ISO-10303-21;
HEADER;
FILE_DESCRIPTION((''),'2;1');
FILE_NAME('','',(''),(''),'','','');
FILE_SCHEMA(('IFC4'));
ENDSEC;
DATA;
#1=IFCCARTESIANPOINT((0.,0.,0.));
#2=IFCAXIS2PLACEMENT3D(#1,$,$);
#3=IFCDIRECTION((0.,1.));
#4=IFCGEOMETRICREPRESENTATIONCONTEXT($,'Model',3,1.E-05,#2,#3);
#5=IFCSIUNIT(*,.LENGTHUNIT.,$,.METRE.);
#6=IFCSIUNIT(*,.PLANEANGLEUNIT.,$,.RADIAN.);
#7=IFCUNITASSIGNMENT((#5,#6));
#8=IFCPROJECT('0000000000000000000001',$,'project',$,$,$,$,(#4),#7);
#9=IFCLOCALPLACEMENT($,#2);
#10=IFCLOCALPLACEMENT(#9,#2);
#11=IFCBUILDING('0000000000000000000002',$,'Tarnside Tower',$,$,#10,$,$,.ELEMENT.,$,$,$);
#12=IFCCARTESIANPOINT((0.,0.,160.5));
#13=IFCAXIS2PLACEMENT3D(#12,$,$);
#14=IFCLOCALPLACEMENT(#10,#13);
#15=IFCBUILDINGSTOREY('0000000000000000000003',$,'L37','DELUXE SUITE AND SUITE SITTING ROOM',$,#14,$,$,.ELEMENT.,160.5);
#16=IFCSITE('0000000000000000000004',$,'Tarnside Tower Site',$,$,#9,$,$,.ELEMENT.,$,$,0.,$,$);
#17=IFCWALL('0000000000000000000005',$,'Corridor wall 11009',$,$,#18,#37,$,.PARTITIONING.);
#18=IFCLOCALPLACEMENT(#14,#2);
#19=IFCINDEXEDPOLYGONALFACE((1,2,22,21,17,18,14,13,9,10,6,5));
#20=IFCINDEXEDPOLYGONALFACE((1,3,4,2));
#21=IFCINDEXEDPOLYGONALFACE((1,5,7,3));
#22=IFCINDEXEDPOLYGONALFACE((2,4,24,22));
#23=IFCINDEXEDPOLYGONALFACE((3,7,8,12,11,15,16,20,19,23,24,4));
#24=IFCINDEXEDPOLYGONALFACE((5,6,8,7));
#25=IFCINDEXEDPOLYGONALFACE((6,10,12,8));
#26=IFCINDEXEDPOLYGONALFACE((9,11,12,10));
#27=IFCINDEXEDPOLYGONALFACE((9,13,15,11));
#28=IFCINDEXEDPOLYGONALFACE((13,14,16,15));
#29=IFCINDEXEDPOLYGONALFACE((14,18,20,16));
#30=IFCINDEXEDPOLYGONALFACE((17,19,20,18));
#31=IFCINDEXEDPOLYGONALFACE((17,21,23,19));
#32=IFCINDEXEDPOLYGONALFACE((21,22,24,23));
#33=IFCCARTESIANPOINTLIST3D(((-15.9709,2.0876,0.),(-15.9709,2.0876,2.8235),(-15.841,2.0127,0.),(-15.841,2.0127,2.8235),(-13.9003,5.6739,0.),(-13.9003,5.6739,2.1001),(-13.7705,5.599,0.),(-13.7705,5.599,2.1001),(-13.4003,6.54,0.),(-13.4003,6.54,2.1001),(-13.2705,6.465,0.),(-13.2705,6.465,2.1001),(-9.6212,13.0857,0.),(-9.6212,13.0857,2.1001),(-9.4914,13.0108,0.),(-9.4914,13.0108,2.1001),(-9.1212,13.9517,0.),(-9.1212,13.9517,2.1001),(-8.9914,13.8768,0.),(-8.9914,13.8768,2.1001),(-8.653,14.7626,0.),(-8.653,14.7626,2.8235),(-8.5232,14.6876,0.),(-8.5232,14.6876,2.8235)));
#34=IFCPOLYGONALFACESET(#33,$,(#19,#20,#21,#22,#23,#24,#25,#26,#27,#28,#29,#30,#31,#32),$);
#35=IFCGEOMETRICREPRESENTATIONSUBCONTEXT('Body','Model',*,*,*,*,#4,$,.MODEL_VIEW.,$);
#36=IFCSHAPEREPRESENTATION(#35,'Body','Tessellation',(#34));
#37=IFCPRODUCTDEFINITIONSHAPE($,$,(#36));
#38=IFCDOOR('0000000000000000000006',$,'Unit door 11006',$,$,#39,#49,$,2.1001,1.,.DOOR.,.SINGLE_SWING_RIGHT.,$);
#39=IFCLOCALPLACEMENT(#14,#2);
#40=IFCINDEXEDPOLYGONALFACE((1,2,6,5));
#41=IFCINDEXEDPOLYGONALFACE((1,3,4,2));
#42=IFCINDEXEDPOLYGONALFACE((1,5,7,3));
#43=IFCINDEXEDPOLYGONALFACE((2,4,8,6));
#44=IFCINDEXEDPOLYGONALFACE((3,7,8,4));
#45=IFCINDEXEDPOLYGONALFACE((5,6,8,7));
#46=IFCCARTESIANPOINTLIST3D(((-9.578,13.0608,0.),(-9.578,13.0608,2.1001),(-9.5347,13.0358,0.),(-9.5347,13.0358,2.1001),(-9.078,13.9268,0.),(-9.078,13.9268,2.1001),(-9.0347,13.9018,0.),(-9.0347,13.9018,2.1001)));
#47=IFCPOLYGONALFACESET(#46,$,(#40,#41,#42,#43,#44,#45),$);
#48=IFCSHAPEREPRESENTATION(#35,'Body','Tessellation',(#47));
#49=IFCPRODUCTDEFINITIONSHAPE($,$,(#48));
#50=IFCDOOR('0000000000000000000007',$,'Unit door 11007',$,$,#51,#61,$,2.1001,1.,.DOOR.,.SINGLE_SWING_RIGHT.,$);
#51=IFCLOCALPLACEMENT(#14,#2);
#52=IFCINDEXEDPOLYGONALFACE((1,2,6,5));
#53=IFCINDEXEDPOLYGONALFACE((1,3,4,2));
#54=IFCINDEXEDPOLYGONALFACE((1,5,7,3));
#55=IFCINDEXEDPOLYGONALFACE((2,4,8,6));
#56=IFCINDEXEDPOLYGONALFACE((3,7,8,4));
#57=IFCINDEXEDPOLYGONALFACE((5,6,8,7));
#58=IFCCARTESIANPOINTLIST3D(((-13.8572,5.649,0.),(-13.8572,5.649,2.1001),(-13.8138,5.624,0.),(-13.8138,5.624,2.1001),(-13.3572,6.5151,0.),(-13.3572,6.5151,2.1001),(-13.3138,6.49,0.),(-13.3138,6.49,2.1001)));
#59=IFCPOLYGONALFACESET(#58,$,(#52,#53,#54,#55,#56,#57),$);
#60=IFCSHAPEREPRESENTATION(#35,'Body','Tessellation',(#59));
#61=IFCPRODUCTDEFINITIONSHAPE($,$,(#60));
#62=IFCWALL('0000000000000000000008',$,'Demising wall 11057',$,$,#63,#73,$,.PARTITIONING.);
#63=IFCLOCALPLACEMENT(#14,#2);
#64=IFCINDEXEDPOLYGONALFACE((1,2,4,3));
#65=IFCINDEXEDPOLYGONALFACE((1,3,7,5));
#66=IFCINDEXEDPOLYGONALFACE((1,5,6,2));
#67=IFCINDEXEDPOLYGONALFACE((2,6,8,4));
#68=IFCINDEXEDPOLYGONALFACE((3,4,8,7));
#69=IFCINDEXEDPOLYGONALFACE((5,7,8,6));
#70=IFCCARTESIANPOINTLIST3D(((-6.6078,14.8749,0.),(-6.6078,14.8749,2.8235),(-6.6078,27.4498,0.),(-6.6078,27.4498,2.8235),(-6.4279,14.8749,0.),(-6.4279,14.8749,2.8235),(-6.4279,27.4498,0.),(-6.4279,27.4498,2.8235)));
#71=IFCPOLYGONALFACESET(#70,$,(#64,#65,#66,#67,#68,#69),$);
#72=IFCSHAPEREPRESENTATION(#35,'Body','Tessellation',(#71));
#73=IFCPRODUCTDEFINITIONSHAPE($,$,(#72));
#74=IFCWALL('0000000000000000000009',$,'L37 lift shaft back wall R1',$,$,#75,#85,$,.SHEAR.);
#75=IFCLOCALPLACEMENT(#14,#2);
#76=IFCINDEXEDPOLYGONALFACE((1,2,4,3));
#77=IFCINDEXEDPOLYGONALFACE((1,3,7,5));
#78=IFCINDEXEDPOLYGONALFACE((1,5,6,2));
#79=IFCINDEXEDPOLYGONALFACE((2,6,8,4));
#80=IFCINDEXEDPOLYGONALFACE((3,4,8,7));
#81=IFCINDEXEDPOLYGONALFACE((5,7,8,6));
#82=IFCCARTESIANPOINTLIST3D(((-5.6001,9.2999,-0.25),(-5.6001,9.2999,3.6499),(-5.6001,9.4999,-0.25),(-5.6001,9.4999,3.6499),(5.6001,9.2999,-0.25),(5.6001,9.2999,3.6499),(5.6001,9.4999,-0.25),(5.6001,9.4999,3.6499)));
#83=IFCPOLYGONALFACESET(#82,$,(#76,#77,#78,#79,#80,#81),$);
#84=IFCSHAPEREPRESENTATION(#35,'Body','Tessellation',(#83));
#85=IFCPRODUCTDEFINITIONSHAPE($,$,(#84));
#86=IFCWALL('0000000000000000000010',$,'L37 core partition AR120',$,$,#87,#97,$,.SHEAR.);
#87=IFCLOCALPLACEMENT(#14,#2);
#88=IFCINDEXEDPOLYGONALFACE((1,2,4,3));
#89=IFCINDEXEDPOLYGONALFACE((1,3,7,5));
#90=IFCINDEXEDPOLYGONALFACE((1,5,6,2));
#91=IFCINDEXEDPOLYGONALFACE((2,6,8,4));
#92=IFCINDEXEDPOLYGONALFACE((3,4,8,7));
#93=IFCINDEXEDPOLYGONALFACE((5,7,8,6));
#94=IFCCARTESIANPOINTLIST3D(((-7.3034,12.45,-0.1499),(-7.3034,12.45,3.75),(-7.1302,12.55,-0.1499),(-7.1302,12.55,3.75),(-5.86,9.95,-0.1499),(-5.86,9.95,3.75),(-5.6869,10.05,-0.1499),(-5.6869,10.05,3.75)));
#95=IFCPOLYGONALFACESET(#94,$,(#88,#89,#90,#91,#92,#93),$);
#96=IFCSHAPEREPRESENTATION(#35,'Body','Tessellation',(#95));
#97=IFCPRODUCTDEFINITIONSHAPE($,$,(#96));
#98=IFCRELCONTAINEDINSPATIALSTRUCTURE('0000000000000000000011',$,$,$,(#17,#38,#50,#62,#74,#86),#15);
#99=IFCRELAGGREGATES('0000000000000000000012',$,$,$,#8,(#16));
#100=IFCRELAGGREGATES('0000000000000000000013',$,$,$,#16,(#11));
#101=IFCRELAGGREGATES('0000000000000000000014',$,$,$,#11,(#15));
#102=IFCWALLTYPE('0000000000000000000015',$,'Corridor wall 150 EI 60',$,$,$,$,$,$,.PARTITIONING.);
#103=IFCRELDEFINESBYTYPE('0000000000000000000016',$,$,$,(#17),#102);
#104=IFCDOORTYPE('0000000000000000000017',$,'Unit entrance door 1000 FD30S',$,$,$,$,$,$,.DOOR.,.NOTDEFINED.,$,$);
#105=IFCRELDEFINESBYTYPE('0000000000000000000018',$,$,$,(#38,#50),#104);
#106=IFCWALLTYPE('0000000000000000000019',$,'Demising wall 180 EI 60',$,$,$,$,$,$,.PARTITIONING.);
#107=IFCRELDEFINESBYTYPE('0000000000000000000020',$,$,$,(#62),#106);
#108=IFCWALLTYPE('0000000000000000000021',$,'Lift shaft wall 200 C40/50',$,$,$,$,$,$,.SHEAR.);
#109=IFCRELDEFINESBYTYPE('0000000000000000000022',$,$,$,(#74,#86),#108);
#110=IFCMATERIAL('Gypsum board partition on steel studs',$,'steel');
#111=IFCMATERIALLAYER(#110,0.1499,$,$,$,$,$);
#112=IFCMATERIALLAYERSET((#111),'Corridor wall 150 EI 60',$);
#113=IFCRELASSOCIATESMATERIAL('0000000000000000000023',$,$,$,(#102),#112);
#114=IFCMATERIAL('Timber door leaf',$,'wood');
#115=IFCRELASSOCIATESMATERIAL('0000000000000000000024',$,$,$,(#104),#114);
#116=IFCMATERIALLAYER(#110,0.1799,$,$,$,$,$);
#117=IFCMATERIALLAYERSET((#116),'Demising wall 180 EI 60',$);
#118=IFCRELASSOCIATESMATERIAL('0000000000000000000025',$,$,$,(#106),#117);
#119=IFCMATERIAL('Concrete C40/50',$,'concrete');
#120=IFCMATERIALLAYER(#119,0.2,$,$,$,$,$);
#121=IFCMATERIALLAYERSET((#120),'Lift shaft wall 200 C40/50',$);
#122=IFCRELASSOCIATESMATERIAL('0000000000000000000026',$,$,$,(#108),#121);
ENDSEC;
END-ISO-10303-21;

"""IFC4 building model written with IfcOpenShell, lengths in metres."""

from ifc_helpers import new_model, si_unit, direction, frame, frame_2d, origin, place, context, subcontext, project, spatial, rectangle, extrude, material, layer, layer_set, type_object, element, fill, save


model = new_model("IFC4")

# Units and contexts
model_context = context("Model", 3, precision=1e-05, world=origin(), true_north=direction((0.0, 1.0)))
body_context = subcontext(model_context, "Body", "Model", "MODEL_VIEW")
ifc_project = project(units=[si_unit("LENGTHUNIT", "METRE"), si_unit("PLANEANGLEUNIT", "RADIAN")], contexts=[model_context])

# Site, building, storey
site_placement = place(None, origin())
site = spatial("IfcSite", under=ifc_project, at=site_placement, Name="Tarnside Tower Site", CompositionType="ELEMENT", RefElevation=0.0)
building_placement = place(site_placement, origin())
building = spatial("IfcBuilding", under=site, at=building_placement, Name="Tarnside Tower", CompositionType="ELEMENT")
storey_placement = place(building_placement, frame((0.0, 0.0, 160.5)))
storey = spatial("IfcBuildingStorey", under=building, at=storey_placement, Name="L37", Description="DELUXE SUITE AND SUITE SITTING ROOM", CompositionType="ELEMENT", Elevation=160.5)

# Wall, openings, doors
ifc_material_1 = material(Name="Gypsum board partition on steel studs", Category="steel")
ifc_layer_1 = layer(ifc_material_1, 0.1499)
ifc_layer_set_1 = layer_set([ifc_layer_1], Name="Corridor wall 150 EI 60")
wall_type_1 = type_object("IfcWallType", Name="Corridor wall 150 EI 60", PredefinedType="PARTITIONING", material=ifc_layer_set_1)
wall_1_placement = place(storey_placement, frame((-8.5881, 14.7251, 0.0), z_axis=(0.0, 0.0, 1.0), x_axis=(-0.499996, -0.866028, 0.0)))
wall_1 = element("IfcWall", 1, at=wall_1_placement, inside=storey, type_object=wall_type_1, Name="Corridor wall 11009", PredefinedType="PARTITIONING", context=body_context, shape_type="SweptSolid", body=[
    extrude(rectangle(XDim=14.6357, YDim=0.1499, at=frame_2d((7.3179, 0.0))), origin(), (0.0, 0.0, 1.0), 2.8235),
])
opening_1_placement = place(wall_1_placement, frame((0.9363, 0.0, 0.0)))
opening_1 = element("IfcOpeningElement", 2, at=opening_1_placement, cuts=wall_1, PredefinedType="OPENING", context=body_context, shape_type="SweptSolid", body=[
    extrude(rectangle(XDim=1.0, YDim=2.1001, at=frame_2d((0.5, 1.05))), frame((0.0, 0.085, 0.0), z_axis=(0.0, -1.0, 0.0), x_axis=(1.0, 0.0, 0.0)), (0.0, 0.0, 1.0), 0.1699),
])
opening_2_placement = place(wall_1_placement, frame((9.4946, 0.0, 0.0)))
opening_2 = element("IfcOpeningElement", 3, at=opening_2_placement, cuts=wall_1, PredefinedType="OPENING", context=body_context, shape_type="SweptSolid", body=[
    extrude(rectangle(XDim=1.0, YDim=2.1001, at=frame_2d((0.5, 1.05))), frame((0.0, 0.085, 0.0), z_axis=(0.0, -1.0, 0.0), x_axis=(1.0, 0.0, 0.0)), (0.0, 0.0, 1.0), 0.1699),
])
ifc_material_2 = material(Name="Timber door leaf", Category="wood")
door_type_1 = type_object("IfcDoorType", Name="Unit entrance door 1000 FD30S", OperationType="NOTDEFINED", PredefinedType="DOOR", material=ifc_material_2)
door_1_placement = place(opening_1_placement, origin())
door_1 = element("IfcDoor", 4, at=door_1_placement, inside=storey, type_object=door_type_1, Name="Unit door 11006", OperationType="SINGLE_SWING_RIGHT", OverallHeight=2.1001, OverallWidth=1.0, PredefinedType="DOOR", context=body_context, shape_type="SweptSolid", body=[
    extrude(rectangle(XDim=1.0, YDim=2.1001, at=frame_2d((0.5, 1.05))), frame((0.0, 0.0249, 0.0), z_axis=(0.0, -1.0, 0.0), x_axis=(1.0, 0.0, 0.0)), (0.0, 0.0, 1.0), 0.05),
])
fill(opening_1, door_1)
door_2_placement = place(opening_2_placement, origin())
door_2 = element("IfcDoor", 5, at=door_2_placement, inside=storey, type_object=door_type_1, Name="Unit door 11007", OperationType="SINGLE_SWING_RIGHT", OverallHeight=2.1001, OverallWidth=1.0, PredefinedType="DOOR", context=body_context, shape_type="SweptSolid", body=[
    extrude(rectangle(XDim=1.0, YDim=2.1001, at=frame_2d((0.5, 1.05))), frame((0.0, 0.0249, 0.0), z_axis=(0.0, -1.0, 0.0), x_axis=(1.0, 0.0, 0.0)), (0.0, 0.0, 1.0), 0.05),
])
fill(opening_2, door_2)

# Walls
ifc_layer_2 = layer(ifc_material_1, 0.1799)
ifc_layer_set_2 = layer_set([ifc_layer_2], Name="Demising wall 180 EI 60")
wall_type_2 = type_object("IfcWallType", Name="Demising wall 180 EI 60", PredefinedType="PARTITIONING", material=ifc_layer_set_2)
wall_2_placement = place(storey_placement, frame((-6.5178, 27.45, 0.0), z_axis=(0.0, 0.0, 1.0), x_axis=(0.0, -1.0, 0.0)))
element("IfcWall", 6, at=wall_2_placement, inside=storey, type_object=wall_type_2, Name="Demising wall 11057", PredefinedType="PARTITIONING", context=body_context, shape_type="SweptSolid", body=[
    extrude(rectangle(XDim=12.575, YDim=0.1799, at=frame_2d((6.2876, 0.0))), origin(), (0.0, 0.0, 1.0), 2.8235),
])
ifc_material_3 = material(Name="Concrete C40/50", Category="concrete")
ifc_layer_3 = layer(ifc_material_3, 0.2)
ifc_layer_set_3 = layer_set([ifc_layer_3], Name="Lift shaft wall 200 C40/50")
wall_type_3 = type_object("IfcWallType", Name="Lift shaft wall 200 C40/50", PredefinedType="SHEAR", material=ifc_layer_set_3)
wall_3_placement = place(storey_placement, frame((-5.6001, 9.3999, -0.25), z_axis=(0.0, 0.0, 1.0), x_axis=(1.0, 0.0, 0.0)))
element("IfcWall", 7, at=wall_3_placement, inside=storey, type_object=wall_type_3, Name="L37 lift shaft back wall R1", PredefinedType="SHEAR", context=body_context, shape_type="SweptSolid", body=[
    extrude(rectangle(XDim=11.2002, YDim=0.2, at=frame_2d((5.6001, 0.0))), origin(), (0.0, 0.0, 1.0), 3.8999),
])
wall_4_placement = place(storey_placement, frame((-5.7734, 10.0, -0.1499), z_axis=(0.0, 0.0, 1.0), x_axis=(-0.499996, 0.866028, 0.0)))
element("IfcWall", 8, at=wall_4_placement, inside=storey, type_object=wall_type_3, Name="L37 core partition AR120", PredefinedType="SHEAR", context=body_context, shape_type="SweptSolid", body=[
    extrude(rectangle(XDim=2.8867, YDim=0.2, at=frame_2d((1.4434, 0.0))), origin(), (0.0, 0.0, 1.0), 3.8999),
])

save(model, "model.ifc")
